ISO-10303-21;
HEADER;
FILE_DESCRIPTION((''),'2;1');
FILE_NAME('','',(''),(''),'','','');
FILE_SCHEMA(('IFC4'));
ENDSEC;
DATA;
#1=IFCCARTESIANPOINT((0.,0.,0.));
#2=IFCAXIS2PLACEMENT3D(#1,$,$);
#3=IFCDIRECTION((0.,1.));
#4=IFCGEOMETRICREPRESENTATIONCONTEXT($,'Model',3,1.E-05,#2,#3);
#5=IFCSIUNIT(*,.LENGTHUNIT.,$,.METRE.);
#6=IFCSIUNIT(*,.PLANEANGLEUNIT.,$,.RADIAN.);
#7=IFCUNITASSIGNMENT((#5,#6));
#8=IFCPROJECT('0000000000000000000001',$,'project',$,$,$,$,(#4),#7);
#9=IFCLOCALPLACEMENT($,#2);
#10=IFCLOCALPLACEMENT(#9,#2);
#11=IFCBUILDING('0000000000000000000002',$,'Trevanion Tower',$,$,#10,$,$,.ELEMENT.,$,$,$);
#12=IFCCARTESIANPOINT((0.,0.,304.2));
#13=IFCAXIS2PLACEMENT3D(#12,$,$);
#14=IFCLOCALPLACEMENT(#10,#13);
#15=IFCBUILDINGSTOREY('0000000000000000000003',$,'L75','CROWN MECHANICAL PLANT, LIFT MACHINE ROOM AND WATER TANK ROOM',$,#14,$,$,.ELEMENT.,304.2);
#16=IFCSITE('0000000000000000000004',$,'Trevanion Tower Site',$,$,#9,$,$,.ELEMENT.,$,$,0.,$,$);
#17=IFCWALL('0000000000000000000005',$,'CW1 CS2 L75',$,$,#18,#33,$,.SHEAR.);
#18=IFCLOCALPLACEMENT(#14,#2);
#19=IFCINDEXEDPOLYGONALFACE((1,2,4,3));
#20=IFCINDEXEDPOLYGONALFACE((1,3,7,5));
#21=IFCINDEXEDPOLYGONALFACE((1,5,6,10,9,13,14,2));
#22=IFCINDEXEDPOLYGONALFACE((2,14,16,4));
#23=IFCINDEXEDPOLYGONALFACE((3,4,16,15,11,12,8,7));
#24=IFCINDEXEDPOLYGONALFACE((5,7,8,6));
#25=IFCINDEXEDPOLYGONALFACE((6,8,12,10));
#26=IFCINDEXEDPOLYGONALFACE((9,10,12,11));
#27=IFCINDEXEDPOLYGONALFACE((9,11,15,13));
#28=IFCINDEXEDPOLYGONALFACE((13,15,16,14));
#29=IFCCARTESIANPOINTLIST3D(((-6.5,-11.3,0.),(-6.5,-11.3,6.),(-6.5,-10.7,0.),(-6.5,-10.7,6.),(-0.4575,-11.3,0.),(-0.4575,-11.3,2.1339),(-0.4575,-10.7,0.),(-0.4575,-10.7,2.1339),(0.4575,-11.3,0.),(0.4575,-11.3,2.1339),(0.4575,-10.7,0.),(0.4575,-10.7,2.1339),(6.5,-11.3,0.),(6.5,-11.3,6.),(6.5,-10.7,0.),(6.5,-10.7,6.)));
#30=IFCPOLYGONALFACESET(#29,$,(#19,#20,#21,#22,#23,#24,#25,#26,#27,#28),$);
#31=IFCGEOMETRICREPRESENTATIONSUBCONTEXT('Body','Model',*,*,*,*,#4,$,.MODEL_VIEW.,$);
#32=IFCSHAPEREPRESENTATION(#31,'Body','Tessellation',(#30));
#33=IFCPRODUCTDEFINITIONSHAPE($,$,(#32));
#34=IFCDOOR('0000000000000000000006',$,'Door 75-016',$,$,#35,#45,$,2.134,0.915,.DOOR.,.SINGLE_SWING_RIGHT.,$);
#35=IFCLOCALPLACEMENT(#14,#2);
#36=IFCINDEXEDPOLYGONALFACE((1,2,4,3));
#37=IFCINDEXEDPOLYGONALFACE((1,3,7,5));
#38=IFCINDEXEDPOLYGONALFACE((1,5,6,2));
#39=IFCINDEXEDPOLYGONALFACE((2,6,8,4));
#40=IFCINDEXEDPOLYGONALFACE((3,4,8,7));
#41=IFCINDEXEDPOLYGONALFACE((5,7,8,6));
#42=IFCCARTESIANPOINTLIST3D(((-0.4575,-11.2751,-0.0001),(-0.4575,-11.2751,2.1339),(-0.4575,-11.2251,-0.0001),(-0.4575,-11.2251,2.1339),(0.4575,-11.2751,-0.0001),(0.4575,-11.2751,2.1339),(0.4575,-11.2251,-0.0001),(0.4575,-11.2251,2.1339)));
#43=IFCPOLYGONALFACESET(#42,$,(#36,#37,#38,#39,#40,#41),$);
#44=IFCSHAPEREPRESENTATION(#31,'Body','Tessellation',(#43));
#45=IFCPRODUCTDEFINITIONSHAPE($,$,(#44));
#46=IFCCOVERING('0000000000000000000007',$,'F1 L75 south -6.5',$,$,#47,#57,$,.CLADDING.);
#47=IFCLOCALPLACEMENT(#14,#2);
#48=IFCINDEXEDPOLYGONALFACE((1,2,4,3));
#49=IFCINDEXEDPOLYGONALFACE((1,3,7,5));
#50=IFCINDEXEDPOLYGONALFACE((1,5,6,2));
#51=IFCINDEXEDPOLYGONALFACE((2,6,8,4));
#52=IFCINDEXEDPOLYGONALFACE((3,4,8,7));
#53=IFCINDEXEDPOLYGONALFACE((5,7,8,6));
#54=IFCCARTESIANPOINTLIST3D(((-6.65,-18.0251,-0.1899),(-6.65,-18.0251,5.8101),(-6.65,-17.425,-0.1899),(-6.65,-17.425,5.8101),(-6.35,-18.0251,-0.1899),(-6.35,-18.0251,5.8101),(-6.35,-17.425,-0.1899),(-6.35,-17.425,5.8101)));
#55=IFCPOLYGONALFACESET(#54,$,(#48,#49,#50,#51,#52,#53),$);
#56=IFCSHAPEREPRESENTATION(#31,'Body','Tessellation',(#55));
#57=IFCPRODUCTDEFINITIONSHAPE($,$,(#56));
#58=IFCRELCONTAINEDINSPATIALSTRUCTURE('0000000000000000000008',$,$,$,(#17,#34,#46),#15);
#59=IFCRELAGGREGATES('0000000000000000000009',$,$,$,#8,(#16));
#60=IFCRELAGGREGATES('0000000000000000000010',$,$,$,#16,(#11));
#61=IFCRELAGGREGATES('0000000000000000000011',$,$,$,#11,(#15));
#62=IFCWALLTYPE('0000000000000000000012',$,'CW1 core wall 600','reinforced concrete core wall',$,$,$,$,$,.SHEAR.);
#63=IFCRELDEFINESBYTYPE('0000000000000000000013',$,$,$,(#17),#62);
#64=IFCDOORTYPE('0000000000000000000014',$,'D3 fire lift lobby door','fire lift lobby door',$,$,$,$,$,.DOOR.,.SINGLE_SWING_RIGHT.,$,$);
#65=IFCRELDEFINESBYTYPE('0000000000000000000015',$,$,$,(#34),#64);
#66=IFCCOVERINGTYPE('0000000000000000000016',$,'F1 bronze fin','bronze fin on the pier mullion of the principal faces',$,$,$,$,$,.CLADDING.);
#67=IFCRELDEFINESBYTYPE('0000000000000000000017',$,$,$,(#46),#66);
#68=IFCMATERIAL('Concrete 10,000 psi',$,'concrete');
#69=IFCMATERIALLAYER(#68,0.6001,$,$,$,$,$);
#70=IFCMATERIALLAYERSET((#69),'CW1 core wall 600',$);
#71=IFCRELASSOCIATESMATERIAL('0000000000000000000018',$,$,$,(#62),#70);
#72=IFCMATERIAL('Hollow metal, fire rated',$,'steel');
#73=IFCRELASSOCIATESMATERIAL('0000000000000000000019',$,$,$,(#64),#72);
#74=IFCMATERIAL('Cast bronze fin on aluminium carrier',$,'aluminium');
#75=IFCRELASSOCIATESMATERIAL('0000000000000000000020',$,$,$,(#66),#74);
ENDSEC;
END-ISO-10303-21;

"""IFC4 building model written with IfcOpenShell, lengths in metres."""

from ifc_helpers import new_model, si_unit, direction, frame, frame_2d, origin, origin_2d, place, context, subcontext, project, spatial, rectangle, extrude, material, layer, layer_set, type_object, element, fill, save


model = new_model("IFC4")

# Units and contexts
model_context = context("Model", 3, precision=1e-05, world=origin(), true_north=direction((0.0, 1.0)))
body_context = subcontext(model_context, "Body", "Model", "MODEL_VIEW")
ifc_project = project(units=[si_unit("LENGTHUNIT", "METRE"), si_unit("PLANEANGLEUNIT", "RADIAN")], contexts=[model_context])

# Site, building, storey
site_placement = place(None, origin())
site = spatial("IfcSite", under=ifc_project, at=site_placement, Name="Trevanion Tower Site", CompositionType="ELEMENT", RefElevation=0.0)
building_placement = place(site_placement, origin())
building = spatial("IfcBuilding", under=site, at=building_placement, Name="Trevanion Tower", CompositionType="ELEMENT")
storey_placement = place(building_placement, frame((0.0, 0.0, 304.2)))
storey = spatial("IfcBuildingStorey", under=building, at=storey_placement, Name="L75", Description="CROWN MECHANICAL PLANT, LIFT MACHINE ROOM AND WATER TANK ROOM", CompositionType="ELEMENT", Elevation=304.2)

# Shared definitions
ifc_material_1 = material(Name="Concrete 10,000 psi", Category="concrete")
ifc_layer_1 = layer(ifc_material_1, 0.6001)
ifc_layer_set_1 = layer_set([ifc_layer_1], Name="CW1 core wall 600")
wall_type = type_object("IfcWallType", Name="CW1 core wall 600", Description="reinforced concrete core wall", PredefinedType="SHEAR", material=ifc_layer_set_1)

# Wall, opening, door
wall_1_placement = place(storey_placement, frame((-6.5, -11.0, 0.0), z_axis=(0.0, 0.0, 1.0), x_axis=(1.0, 0.0, 0.0)))
wall_1 = element("IfcWall", 1, at=wall_1_placement, inside=storey, type_object=wall_type, Name="CW1 CS2 L75", PredefinedType="SHEAR", context=body_context, shape_type="SweptSolid", body=[
    extrude(rectangle(XDim=13.0, YDim=0.6001, at=frame_2d((6.5, 0.0))), origin(), (0.0, 0.0, 1.0), 6.0),
])
opening_placement = place(wall_1_placement, frame((6.0425, 0.0, 0.0)))
opening = element("IfcOpeningElement", 2, at=opening_placement, cuts=wall_1, PredefinedType="OPENING", context=body_context, shape_type="SweptSolid", body=[
    extrude(rectangle(XDim=0.915, YDim=2.134, at=frame_2d((0.4575, 1.0669))), frame((0.0, 0.3101, 0.0), z_axis=(0.0, -1.0, 0.0), x_axis=(1.0, 0.0, 0.0)), (0.0, 0.0, 1.0), 0.6201),
])
ifc_material_2 = material(Name="Hollow metal, fire rated", Category="steel")
door_type = type_object("IfcDoorType", Name="D3 fire lift lobby door", Description="fire lift lobby door", OperationType="SINGLE_SWING_RIGHT", PredefinedType="DOOR", material=ifc_material_2)
door_placement = place(opening_placement, origin())
door = element("IfcDoor", 3, at=door_placement, inside=storey, type_object=door_type, Name="Door 75-016", OperationType="SINGLE_SWING_RIGHT", OverallHeight=2.134, OverallWidth=0.915, PredefinedType="DOOR", context=body_context, shape_type="SweptSolid", body=[
    extrude(rectangle(XDim=0.915, YDim=2.134, at=frame_2d((0.4575, 1.0669))), frame((0.0, -0.2251, 0.0), z_axis=(0.0, -1.0, 0.0), x_axis=(1.0, 0.0, 0.0)), (0.0, 0.0, 1.0), 0.05),
])
fill(opening, door)

# Covering
ifc_material_3 = material(Name="Cast bronze fin on aluminium carrier", Category="aluminium")
covering_type = type_object("IfcCoveringType", Name="F1 bronze fin", Description="bronze fin on the pier mullion of the principal faces", PredefinedType="CLADDING", material=ifc_material_3)
covering_placement = place(storey_placement, frame((-6.5, -17.7251, -0.1899), z_axis=(0.0, 0.0, 1.0), x_axis=(1.0, 0.0, 0.0)))
element("IfcCovering", 4, at=covering_placement, inside=storey, type_object=covering_type, Name="F1 L75 south -6.5", PredefinedType="CLADDING", context=body_context, shape_type="SweptSolid", body=[
    extrude(rectangle(XDim=0.3, YDim=0.6001, at=origin_2d()), origin(), (0.0, 0.0, 1.0), 6.0),
])

save(model, "model.ifc")
